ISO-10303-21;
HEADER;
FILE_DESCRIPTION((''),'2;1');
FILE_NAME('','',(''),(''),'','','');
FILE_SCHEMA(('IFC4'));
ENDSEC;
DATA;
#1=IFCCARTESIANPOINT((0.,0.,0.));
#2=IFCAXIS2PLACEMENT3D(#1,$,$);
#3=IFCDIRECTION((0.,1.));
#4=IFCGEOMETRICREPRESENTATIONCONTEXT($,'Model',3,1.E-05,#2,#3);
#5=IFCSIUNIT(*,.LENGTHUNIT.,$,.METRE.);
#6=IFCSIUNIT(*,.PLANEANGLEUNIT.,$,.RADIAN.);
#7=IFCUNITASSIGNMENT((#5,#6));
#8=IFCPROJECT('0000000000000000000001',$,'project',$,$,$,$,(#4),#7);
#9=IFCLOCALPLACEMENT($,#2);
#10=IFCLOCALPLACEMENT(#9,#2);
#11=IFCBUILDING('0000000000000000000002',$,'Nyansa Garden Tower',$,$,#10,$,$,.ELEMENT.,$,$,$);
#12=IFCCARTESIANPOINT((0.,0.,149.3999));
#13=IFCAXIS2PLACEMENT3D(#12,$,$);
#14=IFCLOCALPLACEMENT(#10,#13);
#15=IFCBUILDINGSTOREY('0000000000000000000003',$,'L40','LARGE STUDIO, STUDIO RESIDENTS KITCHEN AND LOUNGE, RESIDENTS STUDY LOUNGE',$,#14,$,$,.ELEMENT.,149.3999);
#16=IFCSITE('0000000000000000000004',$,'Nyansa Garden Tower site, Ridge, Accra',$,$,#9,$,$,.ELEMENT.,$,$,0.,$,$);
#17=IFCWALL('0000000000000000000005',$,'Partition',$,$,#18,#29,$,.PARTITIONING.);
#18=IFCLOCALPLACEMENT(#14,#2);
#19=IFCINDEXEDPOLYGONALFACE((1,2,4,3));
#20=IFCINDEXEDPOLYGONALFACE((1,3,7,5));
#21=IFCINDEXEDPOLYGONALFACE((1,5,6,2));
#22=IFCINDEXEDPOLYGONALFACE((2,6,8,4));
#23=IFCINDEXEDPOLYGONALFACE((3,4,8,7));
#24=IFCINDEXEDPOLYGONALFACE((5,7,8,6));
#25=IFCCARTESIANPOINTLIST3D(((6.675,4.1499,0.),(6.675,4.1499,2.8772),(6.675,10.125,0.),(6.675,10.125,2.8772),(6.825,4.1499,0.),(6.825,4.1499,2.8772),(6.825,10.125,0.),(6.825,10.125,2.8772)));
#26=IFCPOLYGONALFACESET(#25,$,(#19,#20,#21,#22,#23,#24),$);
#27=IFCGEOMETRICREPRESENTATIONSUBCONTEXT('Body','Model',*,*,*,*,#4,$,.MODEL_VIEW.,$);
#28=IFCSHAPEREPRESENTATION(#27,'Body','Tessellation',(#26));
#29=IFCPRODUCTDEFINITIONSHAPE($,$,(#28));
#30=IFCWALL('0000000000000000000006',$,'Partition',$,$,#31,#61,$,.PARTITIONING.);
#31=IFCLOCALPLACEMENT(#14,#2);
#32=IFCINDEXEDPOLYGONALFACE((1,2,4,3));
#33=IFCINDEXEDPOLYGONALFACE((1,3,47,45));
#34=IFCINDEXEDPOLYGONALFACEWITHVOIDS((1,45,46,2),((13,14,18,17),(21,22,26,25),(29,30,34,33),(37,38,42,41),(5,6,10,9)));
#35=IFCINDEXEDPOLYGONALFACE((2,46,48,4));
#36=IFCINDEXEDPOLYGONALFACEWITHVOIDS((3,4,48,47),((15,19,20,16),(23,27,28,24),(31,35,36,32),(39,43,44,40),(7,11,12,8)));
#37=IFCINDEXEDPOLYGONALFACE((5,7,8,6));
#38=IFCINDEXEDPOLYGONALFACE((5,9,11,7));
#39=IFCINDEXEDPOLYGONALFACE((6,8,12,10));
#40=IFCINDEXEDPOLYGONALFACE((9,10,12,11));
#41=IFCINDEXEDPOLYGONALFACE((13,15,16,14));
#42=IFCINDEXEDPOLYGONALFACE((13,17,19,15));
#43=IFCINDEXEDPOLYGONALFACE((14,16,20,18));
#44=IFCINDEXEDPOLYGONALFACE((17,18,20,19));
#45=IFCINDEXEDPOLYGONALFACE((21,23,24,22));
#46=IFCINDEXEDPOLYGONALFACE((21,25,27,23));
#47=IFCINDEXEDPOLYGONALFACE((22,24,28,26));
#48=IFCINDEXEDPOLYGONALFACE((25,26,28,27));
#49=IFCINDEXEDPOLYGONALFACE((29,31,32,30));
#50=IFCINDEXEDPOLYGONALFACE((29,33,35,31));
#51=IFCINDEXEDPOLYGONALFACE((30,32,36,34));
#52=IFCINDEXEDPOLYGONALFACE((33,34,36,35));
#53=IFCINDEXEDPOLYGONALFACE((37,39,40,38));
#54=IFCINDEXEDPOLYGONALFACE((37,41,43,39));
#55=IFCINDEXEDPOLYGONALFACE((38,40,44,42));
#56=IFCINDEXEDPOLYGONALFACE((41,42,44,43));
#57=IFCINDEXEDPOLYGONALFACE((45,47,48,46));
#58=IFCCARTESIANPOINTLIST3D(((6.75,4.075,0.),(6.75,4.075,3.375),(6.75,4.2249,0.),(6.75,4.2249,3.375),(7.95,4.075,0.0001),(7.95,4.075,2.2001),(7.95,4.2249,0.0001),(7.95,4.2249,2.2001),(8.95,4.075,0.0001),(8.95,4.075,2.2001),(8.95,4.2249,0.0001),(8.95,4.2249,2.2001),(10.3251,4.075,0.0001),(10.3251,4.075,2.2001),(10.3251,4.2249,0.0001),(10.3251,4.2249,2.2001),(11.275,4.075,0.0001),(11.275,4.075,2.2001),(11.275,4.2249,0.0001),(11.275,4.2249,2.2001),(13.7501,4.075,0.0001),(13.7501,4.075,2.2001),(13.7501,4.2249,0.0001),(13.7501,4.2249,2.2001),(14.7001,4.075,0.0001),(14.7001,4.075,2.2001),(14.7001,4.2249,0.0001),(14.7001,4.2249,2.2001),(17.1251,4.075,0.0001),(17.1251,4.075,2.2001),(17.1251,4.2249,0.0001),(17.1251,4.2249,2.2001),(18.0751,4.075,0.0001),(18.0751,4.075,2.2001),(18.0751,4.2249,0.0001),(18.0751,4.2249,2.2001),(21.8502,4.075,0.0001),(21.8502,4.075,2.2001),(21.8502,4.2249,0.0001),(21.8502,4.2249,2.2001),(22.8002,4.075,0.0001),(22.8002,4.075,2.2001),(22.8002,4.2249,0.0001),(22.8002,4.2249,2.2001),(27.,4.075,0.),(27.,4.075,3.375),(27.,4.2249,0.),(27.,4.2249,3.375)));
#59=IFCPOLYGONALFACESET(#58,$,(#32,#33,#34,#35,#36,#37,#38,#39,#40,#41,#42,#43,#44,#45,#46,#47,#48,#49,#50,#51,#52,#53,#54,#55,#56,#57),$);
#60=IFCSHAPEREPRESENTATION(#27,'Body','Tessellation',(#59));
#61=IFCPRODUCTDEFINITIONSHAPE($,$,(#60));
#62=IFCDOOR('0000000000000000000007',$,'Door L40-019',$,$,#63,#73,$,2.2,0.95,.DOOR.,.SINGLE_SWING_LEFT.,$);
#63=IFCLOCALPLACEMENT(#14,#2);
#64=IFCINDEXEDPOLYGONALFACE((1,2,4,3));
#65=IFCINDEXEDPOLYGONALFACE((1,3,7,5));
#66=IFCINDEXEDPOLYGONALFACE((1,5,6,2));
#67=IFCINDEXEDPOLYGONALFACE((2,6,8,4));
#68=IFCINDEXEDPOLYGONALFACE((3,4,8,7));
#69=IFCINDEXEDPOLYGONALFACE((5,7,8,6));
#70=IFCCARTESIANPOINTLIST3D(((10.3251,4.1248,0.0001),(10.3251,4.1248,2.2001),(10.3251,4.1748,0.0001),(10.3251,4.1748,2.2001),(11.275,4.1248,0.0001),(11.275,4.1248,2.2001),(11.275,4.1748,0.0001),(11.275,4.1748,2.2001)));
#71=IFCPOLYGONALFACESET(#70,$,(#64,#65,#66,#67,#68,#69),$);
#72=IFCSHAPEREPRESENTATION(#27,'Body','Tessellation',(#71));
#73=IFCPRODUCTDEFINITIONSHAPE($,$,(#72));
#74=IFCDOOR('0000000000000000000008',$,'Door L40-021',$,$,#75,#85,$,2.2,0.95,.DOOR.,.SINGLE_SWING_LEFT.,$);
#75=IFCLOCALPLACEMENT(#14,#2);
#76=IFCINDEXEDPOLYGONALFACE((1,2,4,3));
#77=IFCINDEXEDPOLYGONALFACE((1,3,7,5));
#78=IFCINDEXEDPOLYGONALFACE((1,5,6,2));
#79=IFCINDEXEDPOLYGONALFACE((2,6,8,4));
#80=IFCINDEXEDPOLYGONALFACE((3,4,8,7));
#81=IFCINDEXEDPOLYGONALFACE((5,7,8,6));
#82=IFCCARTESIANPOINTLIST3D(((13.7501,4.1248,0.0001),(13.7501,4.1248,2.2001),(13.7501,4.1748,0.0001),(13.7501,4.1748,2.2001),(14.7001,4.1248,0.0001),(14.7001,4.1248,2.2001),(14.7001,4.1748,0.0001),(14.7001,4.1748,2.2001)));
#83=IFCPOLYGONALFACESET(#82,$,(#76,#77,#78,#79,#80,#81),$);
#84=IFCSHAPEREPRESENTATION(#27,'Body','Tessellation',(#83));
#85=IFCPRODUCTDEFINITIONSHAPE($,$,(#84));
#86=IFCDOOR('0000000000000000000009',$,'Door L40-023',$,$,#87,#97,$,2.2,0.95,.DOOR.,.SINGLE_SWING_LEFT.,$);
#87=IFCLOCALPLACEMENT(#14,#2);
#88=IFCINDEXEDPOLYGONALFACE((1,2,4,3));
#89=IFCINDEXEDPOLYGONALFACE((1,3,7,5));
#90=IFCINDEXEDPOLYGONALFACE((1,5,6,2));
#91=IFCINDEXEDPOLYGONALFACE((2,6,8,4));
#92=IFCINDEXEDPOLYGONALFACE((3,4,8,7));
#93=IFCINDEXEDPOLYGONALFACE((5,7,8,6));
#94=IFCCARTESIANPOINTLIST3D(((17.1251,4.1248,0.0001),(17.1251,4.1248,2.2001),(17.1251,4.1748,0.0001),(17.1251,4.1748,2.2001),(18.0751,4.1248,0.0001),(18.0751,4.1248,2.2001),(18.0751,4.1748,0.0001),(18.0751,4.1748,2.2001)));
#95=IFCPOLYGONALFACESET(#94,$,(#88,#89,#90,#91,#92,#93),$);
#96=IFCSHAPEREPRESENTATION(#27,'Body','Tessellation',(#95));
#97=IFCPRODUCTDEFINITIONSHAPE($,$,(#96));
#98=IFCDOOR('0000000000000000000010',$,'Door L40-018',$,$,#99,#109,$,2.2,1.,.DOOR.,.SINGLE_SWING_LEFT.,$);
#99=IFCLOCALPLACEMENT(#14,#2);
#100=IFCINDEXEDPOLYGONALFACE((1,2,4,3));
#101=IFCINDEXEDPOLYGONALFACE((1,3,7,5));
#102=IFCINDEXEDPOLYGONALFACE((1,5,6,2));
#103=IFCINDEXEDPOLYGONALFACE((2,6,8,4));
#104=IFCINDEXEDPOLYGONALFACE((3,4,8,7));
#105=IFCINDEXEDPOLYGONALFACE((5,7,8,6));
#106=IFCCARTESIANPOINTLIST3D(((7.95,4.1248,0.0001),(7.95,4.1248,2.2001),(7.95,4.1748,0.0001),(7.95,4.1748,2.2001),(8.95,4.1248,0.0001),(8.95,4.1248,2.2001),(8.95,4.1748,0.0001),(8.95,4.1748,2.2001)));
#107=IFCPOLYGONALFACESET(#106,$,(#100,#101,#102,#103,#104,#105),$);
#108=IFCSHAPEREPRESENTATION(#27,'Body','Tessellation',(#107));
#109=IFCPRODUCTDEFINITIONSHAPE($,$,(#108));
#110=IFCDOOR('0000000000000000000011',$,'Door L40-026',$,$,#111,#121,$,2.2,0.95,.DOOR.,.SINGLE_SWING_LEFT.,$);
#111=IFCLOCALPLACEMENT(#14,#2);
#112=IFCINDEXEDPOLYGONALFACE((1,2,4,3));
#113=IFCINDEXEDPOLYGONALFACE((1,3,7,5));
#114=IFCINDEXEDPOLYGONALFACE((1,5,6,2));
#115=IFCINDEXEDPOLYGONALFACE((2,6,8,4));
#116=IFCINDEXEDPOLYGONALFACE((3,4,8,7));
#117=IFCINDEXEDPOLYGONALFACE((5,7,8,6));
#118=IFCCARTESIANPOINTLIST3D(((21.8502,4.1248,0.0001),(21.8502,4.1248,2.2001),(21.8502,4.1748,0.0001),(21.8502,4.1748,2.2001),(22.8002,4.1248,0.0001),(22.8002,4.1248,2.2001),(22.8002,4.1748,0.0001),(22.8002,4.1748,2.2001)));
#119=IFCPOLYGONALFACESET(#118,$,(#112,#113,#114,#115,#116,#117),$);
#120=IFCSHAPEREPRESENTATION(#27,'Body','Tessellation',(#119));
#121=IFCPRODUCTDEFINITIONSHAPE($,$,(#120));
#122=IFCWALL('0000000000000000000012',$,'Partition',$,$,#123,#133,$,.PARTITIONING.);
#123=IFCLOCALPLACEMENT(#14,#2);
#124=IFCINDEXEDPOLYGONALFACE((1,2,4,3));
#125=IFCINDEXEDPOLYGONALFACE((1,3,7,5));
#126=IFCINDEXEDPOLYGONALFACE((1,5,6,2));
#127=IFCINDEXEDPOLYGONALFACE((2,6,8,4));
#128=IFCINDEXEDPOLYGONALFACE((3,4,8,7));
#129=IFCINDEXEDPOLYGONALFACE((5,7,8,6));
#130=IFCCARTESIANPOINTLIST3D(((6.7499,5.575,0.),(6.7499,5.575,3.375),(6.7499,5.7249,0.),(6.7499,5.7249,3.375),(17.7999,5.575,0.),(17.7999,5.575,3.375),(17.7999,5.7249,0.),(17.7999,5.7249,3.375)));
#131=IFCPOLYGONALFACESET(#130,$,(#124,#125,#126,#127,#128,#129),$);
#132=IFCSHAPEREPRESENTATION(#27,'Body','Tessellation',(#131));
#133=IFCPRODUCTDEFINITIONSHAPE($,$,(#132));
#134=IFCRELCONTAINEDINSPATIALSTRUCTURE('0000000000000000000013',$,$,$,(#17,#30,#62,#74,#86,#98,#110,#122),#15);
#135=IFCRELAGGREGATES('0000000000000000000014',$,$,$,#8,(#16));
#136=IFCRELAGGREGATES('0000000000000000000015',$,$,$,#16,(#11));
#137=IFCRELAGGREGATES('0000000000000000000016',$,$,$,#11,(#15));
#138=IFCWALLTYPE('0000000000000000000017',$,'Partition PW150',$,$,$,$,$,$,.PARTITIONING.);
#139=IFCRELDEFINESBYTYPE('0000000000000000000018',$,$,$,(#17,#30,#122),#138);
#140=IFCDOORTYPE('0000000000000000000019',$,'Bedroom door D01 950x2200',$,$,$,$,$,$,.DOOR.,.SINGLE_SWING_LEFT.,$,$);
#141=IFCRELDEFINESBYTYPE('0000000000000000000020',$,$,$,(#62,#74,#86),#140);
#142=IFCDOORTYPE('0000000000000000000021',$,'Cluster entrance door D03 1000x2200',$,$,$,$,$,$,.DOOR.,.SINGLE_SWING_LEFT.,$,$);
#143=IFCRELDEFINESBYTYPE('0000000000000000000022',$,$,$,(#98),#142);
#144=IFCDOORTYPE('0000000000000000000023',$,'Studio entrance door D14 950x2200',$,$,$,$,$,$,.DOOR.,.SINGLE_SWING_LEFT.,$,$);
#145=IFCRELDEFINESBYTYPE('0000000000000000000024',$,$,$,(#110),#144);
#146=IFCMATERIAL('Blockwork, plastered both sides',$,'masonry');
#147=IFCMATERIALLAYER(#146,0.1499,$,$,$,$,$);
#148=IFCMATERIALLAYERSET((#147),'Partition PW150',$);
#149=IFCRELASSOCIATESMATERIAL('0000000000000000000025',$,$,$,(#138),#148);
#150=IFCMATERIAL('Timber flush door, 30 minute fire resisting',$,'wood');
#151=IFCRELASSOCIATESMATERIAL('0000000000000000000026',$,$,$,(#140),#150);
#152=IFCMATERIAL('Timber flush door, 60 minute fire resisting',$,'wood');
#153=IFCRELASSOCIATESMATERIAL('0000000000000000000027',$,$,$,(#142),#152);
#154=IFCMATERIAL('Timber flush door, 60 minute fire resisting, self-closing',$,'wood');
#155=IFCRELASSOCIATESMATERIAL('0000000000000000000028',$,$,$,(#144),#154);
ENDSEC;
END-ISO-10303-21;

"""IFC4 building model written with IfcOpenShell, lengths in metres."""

from ifc_helpers import new_model, si_unit, direction, frame, frame_2d, origin, place, context, subcontext, project, spatial, rectangle, extrude, material, layer, layer_set, type_object, element, fill, save


model = new_model("IFC4")

# Units and contexts
model_context = context("Model", 3, precision=1e-05, world=origin(), true_north=direction((0.0, 1.0)))
body_context = subcontext(model_context, "Body", "Model", "MODEL_VIEW")
ifc_project = project(units=[si_unit("LENGTHUNIT", "METRE"), si_unit("PLANEANGLEUNIT", "RADIAN")], contexts=[model_context])

# Site, building, storey
site_placement = place(None, origin())
site = spatial("IfcSite", under=ifc_project, at=site_placement, Name="Nyansa Garden Tower site, Ridge, Accra", CompositionType="ELEMENT", RefElevation=0.0)
building_placement = place(site_placement, origin())
building = spatial("IfcBuilding", under=site, at=building_placement, Name="Nyansa Garden Tower", CompositionType="ELEMENT")
storey_placement = place(building_placement, frame((0.0, 0.0, 149.3999)))
storey = spatial("IfcBuildingStorey", under=building, at=storey_placement, Name="L40", Description="LARGE STUDIO, STUDIO RESIDENTS KITCHEN AND LOUNGE, RESIDENTS STUDY LOUNGE", CompositionType="ELEMENT", Elevation=149.3999)

# Shared definitions
ifc_material_1 = material(Name="Blockwork, plastered both sides", Category="masonry")
ifc_layer_1 = layer(ifc_material_1, 0.1499)
ifc_layer_set_1 = layer_set([ifc_layer_1], Name="Partition PW150")
wall_type_1 = type_object("IfcWallType", Name="Partition PW150", PredefinedType="PARTITIONING", material=ifc_layer_set_1)
ifc_material_2 = material(Name="Timber flush door, 30 minute fire resisting", Category="wood")
door_type_1 = type_object("IfcDoorType", Name="Bedroom door D01 950x2200", OperationType="SINGLE_SWING_LEFT", PredefinedType="DOOR", material=ifc_material_2)

# Wall
wall_1_placement = place(storey_placement, frame((6.75, 4.1499, 0.0), z_axis=(0.0, 0.0, 1.0), x_axis=(0.0, 1.0, 0.0)))
element("IfcWall", 1, at=wall_1_placement, inside=storey, type_object=wall_type_1, Name="Partition", PredefinedType="PARTITIONING", context=body_context, shape_type="SweptSolid", body=[
    extrude(rectangle(XDim=5.9751, YDim=0.1499, at=frame_2d((2.9875, 0.0))), origin(), (0.0, 0.0, 1.0), 2.8772),
])

# Wall, openings, doors
wall_2_placement = place(storey_placement, frame((6.75, 4.1499, 0.0), z_axis=(0.0, 0.0, 1.0), x_axis=(1.0, 0.0, 0.0)))
wall_2 = element("IfcWall", 2, at=wall_2_placement, inside=storey, type_object=wall_type_1, Name="Partition", PredefinedType="PARTITIONING", context=body_context, shape_type="SweptSolid", body=[
    extrude(rectangle(XDim=20.25, YDim=0.1499, at=frame_2d((10.125, 0.0))), origin(), (0.0, 0.0, 1.0), 3.375),
])
opening_1_placement = place(wall_2_placement, frame((1.2, 0.0, 0.0)))
opening_1 = element("IfcOpeningElement", 3, at=opening_1_placement, cuts=wall_2, PredefinedType="OPENING", context=body_context, shape_type="SweptSolid", body=[
    extrude(rectangle(XDim=1.0, YDim=2.2, at=frame_2d((0.5, 1.1001))), frame((0.0, 0.085, 0.0), z_axis=(0.0, -1.0, 0.0), x_axis=(1.0, 0.0, 0.0)), (0.0, 0.0, 1.0), 0.1699),
])
opening_2_placement = place(wall_2_placement, frame((3.575, 0.0, 0.0)))
opening_2 = element("IfcOpeningElement", 4, at=opening_2_placement, cuts=wall_2, PredefinedType="OPENING", context=body_context, shape_type="SweptSolid", body=[
    extrude(rectangle(XDim=0.95, YDim=2.2, at=frame_2d((0.4751, 1.1001))), frame((0.0, 0.085, 0.0), z_axis=(0.0, -1.0, 0.0), x_axis=(1.0, 0.0, 0.0)), (0.0, 0.0, 1.0), 0.1699),
])
opening_3_placement = place(wall_2_placement, frame((7.0, 0.0, 0.0)))
opening_3 = element("IfcOpeningElement", 5, at=opening_3_placement, cuts=wall_2, PredefinedType="OPENING", context=body_context, shape_type="SweptSolid", body=[
    extrude(rectangle(XDim=0.95, YDim=2.2, at=frame_2d((0.4751, 1.1001))), frame((0.0, 0.085, 0.0), z_axis=(0.0, -1.0, 0.0), x_axis=(1.0, 0.0, 0.0)), (0.0, 0.0, 1.0), 0.1699),
])
opening_4_placement = place(wall_2_placement, frame((10.375, 0.0, 0.0)))
opening_4 = element("IfcOpeningElement", 6, at=opening_4_placement, cuts=wall_2, PredefinedType="OPENING", context=body_context, shape_type="SweptSolid", body=[
    extrude(rectangle(XDim=0.95, YDim=2.2, at=frame_2d((0.4751, 1.1001))), frame((0.0, 0.085, 0.0), z_axis=(0.0, -1.0, 0.0), x_axis=(1.0, 0.0, 0.0)), (0.0, 0.0, 1.0), 0.1699),
])
opening_5_placement = place(wall_2_placement, frame((15.1001, 0.0, 0.0)))
opening_5 = element("IfcOpeningElement", 7, at=opening_5_placement, cuts=wall_2, PredefinedType="OPENING", context=body_context, shape_type="SweptSolid", body=[
    extrude(rectangle(XDim=0.95, YDim=2.2, at=frame_2d((0.4751, 1.1001))), frame((0.0, 0.085, 0.0), z_axis=(0.0, -1.0, 0.0), x_axis=(1.0, 0.0, 0.0)), (0.0, 0.0, 1.0), 0.1699),
])
door_1_placement = place(opening_2_placement, origin())
door_1 = element("IfcDoor", 8, at=door_1_placement, inside=storey, type_object=door_type_1, Name="Door L40-019", OperationType="SINGLE_SWING_LEFT", OverallHeight=2.2, OverallWidth=0.95, PredefinedType="DOOR", context=body_context, shape_type="SweptSolid", body=[
    extrude(rectangle(XDim=0.95, YDim=2.2, at=frame_2d((0.4751, 1.1001))), frame((0.0, 0.0249, 0.0), z_axis=(0.0, -1.0, 0.0), x_axis=(1.0, 0.0, 0.0)), (0.0, 0.0, 1.0), 0.05),
])
fill(opening_2, door_1)
door_2_placement = place(opening_3_placement, origin())
door_2 = element("IfcDoor", 9, at=door_2_placement, inside=storey, type_object=door_type_1, Name="Door L40-021", OperationType="SINGLE_SWING_LEFT", OverallHeight=2.2, OverallWidth=0.95, PredefinedType="DOOR", context=body_context, shape_type="SweptSolid", body=[
    extrude(rectangle(XDim=0.95, YDim=2.2, at=frame_2d((0.4751, 1.1001))), frame((0.0, 0.0249, 0.0), z_axis=(0.0, -1.0, 0.0), x_axis=(1.0, 0.0, 0.0)), (0.0, 0.0, 1.0), 0.05),
])
fill(opening_3, door_2)
door_3_placement = place(opening_4_placement, origin())
door_3 = element("IfcDoor", 10, at=door_3_placement, inside=storey, type_object=door_type_1, Name="Door L40-023", OperationType="SINGLE_SWING_LEFT", OverallHeight=2.2, OverallWidth=0.95, PredefinedType="DOOR", context=body_context, shape_type="SweptSolid", body=[
    extrude(rectangle(XDim=0.95, YDim=2.2, at=frame_2d((0.4751, 1.1001))), frame((0.0, 0.0249, 0.0), z_axis=(0.0, -1.0, 0.0), x_axis=(1.0, 0.0, 0.0)), (0.0, 0.0, 1.0), 0.05),
])
fill(opening_4, door_3)
ifc_material_3 = material(Name="Timber flush door, 60 minute fire resisting", Category="wood")
door_type_2 = type_object("IfcDoorType", Name="Cluster entrance door D03 1000x2200", OperationType="SINGLE_SWING_LEFT", PredefinedType="DOOR", material=ifc_material_3)
door_4_placement = place(opening_1_placement, origin())
door_4 = element("IfcDoor", 11, at=door_4_placement, inside=storey, type_object=door_type_2, Name="Door L40-018", OperationType="SINGLE_SWING_LEFT", OverallHeight=2.2, OverallWidth=1.0, PredefinedType="DOOR", context=body_context, shape_type="SweptSolid", body=[
    extrude(rectangle(XDim=1.0, YDim=2.2, at=frame_2d((0.5, 1.1001))), frame((0.0, 0.0249, 0.0), z_axis=(0.0, -1.0, 0.0), x_axis=(1.0, 0.0, 0.0)), (0.0, 0.0, 1.0), 0.05),
])
fill(opening_1, door_4)
ifc_material_4 = material(Name="Timber flush door, 60 minute fire resisting, self-closing", Category="wood")
door_type_3 = type_object("IfcDoorType", Name="Studio entrance door D14 950x2200", OperationType="SINGLE_SWING_LEFT", PredefinedType="DOOR", material=ifc_material_4)
door_5_placement = place(opening_5_placement, origin())
door_5 = element("IfcDoor", 12, at=door_5_placement, inside=storey, type_object=door_type_3, Name="Door L40-026", OperationType="SINGLE_SWING_LEFT", OverallHeight=2.2, OverallWidth=0.95, PredefinedType="DOOR", context=body_context, shape_type="SweptSolid", body=[
    extrude(rectangle(XDim=0.95, YDim=2.2, at=frame_2d((0.4751, 1.1001))), frame((0.0, 0.0249, 0.0), z_axis=(0.0, -1.0, 0.0), x_axis=(1.0, 0.0, 0.0)), (0.0, 0.0, 1.0), 0.05),
])
fill(opening_5, door_5)

# Wall
wall_3_placement = place(storey_placement, frame((6.75, 5.6499, 0.0), z_axis=(0.0, 0.0, 1.0), x_axis=(1.0, 0.0, 0.0)))
element("IfcWall", 13, at=wall_3_placement, inside=storey, type_object=wall_type_1, Name="Partition", PredefinedType="PARTITIONING", context=body_context, shape_type="SweptSolid", body=[
    extrude(rectangle(XDim=11.05, YDim=0.1499, at=frame_2d((5.5249, 0.0))), origin(), (0.0, 0.0, 1.0), 3.375),
])

save(model, "model.ifc")
